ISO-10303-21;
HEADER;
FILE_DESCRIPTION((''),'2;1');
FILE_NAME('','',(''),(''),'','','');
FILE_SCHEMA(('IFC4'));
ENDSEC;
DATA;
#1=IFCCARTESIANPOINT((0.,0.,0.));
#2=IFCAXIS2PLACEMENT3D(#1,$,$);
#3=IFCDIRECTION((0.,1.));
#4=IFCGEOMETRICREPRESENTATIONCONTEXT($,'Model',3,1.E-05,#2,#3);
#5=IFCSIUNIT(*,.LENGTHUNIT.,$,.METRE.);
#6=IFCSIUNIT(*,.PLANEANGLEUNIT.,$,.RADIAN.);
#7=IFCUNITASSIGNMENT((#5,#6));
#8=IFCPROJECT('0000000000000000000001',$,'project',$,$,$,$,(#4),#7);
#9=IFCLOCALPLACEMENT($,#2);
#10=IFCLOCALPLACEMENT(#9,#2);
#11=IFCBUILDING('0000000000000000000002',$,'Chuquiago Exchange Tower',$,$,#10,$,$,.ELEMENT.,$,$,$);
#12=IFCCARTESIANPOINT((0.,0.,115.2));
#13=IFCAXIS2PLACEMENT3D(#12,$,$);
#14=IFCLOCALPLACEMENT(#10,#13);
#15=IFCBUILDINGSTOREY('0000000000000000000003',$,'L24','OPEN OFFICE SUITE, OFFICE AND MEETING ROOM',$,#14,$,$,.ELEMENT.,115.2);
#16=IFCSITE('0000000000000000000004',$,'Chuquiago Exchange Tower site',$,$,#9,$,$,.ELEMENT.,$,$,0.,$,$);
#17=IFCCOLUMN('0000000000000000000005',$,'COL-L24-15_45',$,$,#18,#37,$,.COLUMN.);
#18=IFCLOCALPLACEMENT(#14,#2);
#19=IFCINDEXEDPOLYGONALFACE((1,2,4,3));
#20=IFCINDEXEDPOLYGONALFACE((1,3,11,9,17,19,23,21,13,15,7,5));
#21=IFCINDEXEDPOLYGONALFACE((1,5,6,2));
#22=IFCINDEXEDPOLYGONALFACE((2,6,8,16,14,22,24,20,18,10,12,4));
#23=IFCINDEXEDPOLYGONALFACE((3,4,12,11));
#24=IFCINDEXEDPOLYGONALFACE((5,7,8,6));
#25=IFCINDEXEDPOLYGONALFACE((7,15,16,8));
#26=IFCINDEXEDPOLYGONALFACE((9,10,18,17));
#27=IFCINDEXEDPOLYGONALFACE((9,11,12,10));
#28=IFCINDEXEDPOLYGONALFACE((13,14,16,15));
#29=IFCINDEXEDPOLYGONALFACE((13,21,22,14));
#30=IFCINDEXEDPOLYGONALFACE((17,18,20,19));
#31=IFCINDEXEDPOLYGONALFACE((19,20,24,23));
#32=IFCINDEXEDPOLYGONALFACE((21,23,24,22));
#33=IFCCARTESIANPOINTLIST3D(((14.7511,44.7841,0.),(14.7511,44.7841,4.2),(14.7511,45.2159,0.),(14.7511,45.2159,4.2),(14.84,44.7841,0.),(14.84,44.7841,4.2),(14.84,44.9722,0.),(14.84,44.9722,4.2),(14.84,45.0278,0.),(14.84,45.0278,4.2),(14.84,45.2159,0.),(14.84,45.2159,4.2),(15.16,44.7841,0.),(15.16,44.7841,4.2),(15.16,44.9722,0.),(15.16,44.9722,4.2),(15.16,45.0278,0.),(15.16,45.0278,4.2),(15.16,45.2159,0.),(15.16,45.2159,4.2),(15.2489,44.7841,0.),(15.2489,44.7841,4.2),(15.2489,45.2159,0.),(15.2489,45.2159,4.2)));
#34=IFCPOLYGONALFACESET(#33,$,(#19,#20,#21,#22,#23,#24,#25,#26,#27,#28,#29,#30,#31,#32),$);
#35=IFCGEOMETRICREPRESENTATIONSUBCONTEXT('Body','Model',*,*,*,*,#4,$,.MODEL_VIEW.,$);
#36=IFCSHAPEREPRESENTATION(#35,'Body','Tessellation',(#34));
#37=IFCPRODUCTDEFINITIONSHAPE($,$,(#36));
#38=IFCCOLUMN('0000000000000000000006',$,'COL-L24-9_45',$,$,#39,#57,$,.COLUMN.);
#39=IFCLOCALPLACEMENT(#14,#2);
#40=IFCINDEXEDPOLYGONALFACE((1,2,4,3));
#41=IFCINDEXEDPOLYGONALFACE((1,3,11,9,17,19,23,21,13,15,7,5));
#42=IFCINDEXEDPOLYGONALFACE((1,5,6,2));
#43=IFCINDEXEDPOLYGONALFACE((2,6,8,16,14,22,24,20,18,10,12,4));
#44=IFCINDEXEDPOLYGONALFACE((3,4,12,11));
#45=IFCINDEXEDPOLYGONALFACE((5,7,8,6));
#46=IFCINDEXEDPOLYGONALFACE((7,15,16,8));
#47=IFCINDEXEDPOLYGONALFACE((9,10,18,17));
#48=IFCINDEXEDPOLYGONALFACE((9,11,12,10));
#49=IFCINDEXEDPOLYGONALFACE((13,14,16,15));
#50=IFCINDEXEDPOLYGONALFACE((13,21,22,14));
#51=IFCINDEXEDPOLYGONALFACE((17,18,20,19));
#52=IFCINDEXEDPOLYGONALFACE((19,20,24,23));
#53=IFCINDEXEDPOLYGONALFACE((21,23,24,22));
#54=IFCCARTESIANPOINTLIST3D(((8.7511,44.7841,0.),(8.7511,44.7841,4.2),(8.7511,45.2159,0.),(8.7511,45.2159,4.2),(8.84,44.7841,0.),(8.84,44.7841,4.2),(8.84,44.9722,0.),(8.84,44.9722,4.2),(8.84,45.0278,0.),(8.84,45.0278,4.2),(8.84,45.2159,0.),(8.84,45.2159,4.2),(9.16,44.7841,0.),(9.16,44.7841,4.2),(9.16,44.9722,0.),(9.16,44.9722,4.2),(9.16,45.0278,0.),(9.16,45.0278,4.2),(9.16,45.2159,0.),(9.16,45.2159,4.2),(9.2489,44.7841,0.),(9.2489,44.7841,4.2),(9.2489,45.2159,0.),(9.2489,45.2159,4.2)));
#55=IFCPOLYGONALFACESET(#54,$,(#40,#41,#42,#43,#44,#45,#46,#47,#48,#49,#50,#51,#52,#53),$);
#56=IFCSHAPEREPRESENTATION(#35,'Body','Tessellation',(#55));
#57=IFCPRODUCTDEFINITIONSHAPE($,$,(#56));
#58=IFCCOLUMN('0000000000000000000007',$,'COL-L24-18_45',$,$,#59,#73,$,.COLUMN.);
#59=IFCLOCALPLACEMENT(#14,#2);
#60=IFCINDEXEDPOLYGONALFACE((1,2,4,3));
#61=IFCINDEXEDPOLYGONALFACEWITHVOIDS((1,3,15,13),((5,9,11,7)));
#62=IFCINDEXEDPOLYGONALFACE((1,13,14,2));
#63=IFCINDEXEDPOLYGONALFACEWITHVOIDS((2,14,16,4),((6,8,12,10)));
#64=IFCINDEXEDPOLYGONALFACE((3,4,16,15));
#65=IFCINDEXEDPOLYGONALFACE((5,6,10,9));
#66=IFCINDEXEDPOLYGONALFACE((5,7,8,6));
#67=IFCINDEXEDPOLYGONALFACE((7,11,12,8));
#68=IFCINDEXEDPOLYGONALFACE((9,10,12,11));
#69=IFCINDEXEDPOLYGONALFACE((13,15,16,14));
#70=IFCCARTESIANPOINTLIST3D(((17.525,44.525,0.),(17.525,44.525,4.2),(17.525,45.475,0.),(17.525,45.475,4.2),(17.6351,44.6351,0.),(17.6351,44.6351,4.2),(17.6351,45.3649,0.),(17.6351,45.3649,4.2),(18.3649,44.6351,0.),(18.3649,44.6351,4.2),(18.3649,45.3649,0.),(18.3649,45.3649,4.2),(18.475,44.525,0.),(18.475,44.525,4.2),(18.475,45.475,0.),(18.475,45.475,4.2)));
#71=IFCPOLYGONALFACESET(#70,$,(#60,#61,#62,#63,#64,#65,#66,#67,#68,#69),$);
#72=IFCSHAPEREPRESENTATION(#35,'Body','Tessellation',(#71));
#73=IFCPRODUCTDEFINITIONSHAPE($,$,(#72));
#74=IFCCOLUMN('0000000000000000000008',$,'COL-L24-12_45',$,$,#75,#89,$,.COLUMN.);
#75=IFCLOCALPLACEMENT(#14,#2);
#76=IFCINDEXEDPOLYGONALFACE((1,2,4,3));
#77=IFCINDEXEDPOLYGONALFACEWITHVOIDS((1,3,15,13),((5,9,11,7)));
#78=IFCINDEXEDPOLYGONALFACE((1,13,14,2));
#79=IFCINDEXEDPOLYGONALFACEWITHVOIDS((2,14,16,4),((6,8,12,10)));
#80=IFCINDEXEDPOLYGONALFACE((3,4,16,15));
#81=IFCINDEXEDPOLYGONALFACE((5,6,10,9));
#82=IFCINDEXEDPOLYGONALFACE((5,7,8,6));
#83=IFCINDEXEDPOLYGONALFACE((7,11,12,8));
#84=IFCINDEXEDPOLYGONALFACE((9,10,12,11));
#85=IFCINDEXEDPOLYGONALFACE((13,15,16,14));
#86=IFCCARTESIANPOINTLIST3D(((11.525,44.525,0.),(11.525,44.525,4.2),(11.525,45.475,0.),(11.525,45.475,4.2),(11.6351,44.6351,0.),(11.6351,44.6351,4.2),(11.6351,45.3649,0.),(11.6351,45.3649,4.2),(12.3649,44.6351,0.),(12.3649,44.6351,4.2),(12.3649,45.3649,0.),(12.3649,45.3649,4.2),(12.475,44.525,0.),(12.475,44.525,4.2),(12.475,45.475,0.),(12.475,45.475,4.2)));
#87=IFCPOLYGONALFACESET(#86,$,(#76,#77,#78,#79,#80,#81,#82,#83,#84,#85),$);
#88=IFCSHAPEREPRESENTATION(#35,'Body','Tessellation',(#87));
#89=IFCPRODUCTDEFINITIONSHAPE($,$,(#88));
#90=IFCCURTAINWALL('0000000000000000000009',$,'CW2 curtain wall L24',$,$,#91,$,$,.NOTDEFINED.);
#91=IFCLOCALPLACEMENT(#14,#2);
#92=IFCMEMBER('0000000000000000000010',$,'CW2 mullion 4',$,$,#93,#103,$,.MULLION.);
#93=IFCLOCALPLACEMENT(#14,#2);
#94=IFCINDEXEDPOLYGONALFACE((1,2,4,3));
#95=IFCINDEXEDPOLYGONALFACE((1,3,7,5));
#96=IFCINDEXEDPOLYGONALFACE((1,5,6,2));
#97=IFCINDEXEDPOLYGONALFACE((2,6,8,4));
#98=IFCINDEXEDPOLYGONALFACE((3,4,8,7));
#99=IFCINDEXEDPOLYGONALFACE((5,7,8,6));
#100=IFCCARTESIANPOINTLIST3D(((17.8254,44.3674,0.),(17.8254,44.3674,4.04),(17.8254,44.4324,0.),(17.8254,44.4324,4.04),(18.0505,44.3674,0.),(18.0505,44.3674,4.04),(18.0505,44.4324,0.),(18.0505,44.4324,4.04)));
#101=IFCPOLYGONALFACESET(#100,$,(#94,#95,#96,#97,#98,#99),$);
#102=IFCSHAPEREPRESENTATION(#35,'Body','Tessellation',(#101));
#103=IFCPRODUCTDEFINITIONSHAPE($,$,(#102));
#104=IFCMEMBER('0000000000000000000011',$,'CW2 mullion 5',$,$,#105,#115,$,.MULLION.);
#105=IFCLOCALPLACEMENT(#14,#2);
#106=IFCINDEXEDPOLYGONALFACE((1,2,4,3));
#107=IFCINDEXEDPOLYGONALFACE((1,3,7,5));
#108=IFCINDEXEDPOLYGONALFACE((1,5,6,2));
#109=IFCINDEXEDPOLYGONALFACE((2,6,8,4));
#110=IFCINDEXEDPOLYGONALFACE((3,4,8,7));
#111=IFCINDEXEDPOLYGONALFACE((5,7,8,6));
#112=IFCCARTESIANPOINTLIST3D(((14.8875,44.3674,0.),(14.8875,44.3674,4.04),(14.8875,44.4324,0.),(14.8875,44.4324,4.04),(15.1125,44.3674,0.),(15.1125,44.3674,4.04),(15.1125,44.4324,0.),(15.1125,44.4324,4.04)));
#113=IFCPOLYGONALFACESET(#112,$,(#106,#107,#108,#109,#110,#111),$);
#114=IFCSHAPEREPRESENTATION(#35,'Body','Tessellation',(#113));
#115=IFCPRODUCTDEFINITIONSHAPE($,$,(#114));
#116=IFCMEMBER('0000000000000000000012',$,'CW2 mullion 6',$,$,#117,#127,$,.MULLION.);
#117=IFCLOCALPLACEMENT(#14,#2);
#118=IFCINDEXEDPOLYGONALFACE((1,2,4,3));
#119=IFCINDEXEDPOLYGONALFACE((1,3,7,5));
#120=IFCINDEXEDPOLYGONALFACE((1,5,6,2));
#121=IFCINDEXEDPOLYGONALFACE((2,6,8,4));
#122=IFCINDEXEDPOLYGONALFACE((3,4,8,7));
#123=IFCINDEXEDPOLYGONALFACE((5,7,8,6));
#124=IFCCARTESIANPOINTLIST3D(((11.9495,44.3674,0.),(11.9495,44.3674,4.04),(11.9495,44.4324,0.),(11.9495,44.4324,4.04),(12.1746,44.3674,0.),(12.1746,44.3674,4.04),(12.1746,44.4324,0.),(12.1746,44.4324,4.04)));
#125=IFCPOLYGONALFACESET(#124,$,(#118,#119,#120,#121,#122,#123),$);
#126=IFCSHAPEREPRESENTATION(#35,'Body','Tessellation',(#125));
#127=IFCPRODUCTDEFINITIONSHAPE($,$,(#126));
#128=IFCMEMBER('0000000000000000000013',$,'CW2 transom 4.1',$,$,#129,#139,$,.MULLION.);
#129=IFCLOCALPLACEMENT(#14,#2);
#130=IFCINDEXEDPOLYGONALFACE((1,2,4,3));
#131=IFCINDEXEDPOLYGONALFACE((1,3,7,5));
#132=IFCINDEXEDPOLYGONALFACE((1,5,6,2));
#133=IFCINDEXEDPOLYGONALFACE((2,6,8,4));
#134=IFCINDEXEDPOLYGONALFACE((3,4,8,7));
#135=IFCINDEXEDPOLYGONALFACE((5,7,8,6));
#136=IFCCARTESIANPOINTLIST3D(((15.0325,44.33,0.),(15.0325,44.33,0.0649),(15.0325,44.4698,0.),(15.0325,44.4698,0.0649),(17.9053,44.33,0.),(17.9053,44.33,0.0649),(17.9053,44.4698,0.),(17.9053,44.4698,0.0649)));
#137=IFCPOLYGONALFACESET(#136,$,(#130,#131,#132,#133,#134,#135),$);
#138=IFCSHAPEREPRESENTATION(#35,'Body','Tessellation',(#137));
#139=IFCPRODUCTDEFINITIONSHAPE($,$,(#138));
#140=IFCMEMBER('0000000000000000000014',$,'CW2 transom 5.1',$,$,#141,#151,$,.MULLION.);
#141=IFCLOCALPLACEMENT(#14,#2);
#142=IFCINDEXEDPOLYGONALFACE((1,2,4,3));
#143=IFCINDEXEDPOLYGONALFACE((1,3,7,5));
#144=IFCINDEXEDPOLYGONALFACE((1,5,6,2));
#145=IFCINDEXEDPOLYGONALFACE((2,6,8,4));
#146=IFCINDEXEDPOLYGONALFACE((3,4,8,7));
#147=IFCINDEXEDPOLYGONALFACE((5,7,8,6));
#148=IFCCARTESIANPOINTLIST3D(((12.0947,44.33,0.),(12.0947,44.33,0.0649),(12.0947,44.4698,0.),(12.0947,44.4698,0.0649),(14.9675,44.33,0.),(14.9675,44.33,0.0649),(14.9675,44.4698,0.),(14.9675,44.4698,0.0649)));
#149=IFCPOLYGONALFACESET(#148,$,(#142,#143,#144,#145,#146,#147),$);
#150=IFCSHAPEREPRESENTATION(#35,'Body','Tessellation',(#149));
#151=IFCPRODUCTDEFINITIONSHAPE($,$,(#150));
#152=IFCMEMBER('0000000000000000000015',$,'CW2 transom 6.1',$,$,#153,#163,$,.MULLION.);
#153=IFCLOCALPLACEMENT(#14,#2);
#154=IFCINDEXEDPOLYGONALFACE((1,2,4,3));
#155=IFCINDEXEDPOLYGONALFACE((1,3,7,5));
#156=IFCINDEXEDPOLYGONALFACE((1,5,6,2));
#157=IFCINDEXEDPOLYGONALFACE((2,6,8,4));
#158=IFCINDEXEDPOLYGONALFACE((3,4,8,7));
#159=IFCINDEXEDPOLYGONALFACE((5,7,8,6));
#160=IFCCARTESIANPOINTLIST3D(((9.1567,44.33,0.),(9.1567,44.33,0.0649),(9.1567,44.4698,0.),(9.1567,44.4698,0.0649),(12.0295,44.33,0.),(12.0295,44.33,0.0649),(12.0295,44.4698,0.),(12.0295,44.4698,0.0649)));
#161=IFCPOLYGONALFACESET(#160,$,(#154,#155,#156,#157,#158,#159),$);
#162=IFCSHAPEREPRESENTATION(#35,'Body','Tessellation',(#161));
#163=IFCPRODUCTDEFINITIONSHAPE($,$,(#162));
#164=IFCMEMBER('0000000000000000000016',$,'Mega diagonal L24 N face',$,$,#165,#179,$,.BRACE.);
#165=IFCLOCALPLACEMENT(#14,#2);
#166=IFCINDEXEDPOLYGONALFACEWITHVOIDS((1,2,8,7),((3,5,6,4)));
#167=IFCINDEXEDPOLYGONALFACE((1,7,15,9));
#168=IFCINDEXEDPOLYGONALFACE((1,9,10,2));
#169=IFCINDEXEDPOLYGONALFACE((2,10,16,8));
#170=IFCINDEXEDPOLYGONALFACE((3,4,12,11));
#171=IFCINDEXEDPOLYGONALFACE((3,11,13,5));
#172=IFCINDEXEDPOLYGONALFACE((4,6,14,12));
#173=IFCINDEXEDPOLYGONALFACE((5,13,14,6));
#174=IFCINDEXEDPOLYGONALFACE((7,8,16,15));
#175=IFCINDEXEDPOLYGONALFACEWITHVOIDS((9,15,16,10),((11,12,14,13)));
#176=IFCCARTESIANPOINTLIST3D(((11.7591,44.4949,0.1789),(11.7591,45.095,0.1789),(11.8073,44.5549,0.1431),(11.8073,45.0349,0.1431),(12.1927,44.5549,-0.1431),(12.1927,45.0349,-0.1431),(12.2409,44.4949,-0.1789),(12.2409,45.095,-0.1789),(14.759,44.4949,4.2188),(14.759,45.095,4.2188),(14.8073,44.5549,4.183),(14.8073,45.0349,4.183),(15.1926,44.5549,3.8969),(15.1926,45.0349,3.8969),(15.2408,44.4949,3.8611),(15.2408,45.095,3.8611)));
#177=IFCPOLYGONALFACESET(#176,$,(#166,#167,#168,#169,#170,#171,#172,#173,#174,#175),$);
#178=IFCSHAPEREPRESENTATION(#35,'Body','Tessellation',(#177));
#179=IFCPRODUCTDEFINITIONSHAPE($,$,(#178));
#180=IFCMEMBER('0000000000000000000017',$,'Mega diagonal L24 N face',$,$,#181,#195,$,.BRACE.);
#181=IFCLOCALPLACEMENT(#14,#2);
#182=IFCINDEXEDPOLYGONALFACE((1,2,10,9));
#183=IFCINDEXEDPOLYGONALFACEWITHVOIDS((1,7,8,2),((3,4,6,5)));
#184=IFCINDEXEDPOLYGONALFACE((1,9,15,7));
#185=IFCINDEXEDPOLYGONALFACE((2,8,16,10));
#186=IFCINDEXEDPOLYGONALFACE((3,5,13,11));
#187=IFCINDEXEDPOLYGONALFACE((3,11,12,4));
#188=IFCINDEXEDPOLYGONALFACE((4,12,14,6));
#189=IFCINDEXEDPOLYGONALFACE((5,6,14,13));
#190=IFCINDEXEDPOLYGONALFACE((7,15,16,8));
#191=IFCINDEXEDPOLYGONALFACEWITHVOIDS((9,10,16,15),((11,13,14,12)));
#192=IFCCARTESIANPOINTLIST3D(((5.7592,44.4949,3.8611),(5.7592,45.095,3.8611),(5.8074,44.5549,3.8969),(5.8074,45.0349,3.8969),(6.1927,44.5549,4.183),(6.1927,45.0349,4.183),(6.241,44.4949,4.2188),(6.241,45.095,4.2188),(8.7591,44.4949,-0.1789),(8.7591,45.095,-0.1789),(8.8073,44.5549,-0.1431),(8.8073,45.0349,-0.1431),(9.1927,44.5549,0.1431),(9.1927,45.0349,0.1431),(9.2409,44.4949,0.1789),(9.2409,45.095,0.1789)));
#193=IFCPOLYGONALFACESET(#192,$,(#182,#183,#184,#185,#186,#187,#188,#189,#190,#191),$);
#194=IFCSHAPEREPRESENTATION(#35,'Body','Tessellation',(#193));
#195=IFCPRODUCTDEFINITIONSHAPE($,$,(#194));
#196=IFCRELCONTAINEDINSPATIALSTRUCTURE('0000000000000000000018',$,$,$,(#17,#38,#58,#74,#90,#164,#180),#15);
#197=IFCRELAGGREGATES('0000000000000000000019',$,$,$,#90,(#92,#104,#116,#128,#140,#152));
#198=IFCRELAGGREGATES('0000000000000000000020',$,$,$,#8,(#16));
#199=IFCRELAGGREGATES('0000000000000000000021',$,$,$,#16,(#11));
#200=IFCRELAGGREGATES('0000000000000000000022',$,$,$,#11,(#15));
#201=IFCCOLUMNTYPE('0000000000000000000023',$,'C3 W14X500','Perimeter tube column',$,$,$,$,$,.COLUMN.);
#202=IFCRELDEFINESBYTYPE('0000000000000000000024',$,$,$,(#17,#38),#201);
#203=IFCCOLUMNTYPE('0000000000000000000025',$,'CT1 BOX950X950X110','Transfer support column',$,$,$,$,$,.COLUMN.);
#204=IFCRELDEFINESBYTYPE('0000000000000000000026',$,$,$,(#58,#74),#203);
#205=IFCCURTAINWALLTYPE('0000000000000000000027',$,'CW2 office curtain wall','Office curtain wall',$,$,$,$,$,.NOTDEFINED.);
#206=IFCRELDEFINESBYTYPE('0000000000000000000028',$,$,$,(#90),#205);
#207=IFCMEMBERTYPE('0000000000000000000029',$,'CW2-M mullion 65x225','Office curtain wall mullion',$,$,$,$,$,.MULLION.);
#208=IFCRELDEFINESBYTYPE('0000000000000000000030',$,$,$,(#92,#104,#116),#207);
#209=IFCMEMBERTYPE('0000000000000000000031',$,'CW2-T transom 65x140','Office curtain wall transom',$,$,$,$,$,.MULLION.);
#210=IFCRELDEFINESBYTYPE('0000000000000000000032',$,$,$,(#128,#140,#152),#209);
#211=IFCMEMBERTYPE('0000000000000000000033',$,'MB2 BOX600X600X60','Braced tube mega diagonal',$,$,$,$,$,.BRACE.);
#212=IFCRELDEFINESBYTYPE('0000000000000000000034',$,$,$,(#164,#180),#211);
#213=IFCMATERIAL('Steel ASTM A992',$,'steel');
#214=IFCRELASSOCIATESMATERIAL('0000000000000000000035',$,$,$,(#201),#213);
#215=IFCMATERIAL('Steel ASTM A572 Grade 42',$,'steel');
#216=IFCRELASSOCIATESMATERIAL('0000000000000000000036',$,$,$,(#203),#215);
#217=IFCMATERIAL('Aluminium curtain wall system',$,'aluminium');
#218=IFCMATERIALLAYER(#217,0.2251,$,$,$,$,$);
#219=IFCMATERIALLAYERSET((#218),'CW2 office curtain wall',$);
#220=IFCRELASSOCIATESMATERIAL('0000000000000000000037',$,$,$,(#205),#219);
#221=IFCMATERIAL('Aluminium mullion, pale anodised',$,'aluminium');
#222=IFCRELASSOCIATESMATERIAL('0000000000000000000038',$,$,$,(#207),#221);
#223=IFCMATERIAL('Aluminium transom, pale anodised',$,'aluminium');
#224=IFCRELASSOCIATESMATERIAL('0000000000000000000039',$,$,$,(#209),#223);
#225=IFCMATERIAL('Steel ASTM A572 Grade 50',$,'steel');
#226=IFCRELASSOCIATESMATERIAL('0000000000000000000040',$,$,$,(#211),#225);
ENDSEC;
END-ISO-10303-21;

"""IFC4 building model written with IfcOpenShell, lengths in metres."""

from ifc_helpers import new_model, si_unit, direction, frame, origin, origin_2d, place, context, subcontext, project, spatial, rectangle, hollow_rectangle, i_section, extrude, material, layer, layer_set, material_profile, profile_set, type_object, element, aggregate, save


model = new_model("IFC4")

# Units and contexts
model_context = context("Model", 3, precision=1e-05, world=origin(), true_north=direction((0.0, 1.0)))
body_context = subcontext(model_context, "Body", "Model", "MODEL_VIEW")
ifc_project = project(units=[si_unit("LENGTHUNIT", "METRE"), si_unit("PLANEANGLEUNIT", "RADIAN")], contexts=[model_context])

# Site, building, storey
site_placement = place(None, origin())
site = spatial("IfcSite", under=ifc_project, at=site_placement, Name="Chuquiago Exchange Tower site", CompositionType="ELEMENT", RefElevation=0.0)
building_placement = place(site_placement, origin())
building = spatial("IfcBuilding", under=site, at=building_placement, Name="Chuquiago Exchange Tower", CompositionType="ELEMENT")
storey_placement = place(building_placement, frame((0.0, 0.0, 115.2)))
storey = spatial("IfcBuildingStorey", under=building, at=storey_placement, Name="L24", Description="OPEN OFFICE SUITE, OFFICE AND MEETING ROOM", CompositionType="ELEMENT", Elevation=115.2)

# Columns
ifc_material_1 = material(Name="Steel ASTM A992", Category="steel")
ifc_material_profile_1 = material_profile(ifc_material_1, i_section(OverallWidth=0.4319, OverallDepth=0.4978, WebThickness=0.0557, FlangeThickness=0.0889, at=origin_2d()), Name="W14X500")
ifc_profile_set_1 = profile_set([ifc_material_profile_1], Name="Steel ASTM A992")
column_type_1 = type_object("IfcColumnType", Name="C3 W14X500", Description="Perimeter tube column", PredefinedType="COLUMN", material=ifc_profile_set_1)
for number, where, z_axis, x_axis, name in (
    (1, (15.0, 45.0, 0.0), (0.0, 0.0, 1.0), (0.0, 1.0, 0.0), "COL-L24-15_45"),
    (2, (9.0, 45.0, 0.0), (0.0, 0.0, 1.0), (0.0, 1.0, 0.0), "COL-L24-9_45"),
):
    element("IfcColumn", number, at=place(storey_placement, frame(where, z_axis=z_axis, x_axis=x_axis)), inside=storey, type_object=column_type_1, Name=name, PredefinedType="COLUMN", context=body_context, shape_type="SweptSolid", body=[
        extrude(i_section(OverallWidth=0.4319, OverallDepth=0.4978, WebThickness=0.0557, FlangeThickness=0.0889, at=origin_2d()), origin(), (0.0, 0.0, 1.0), 4.2),
    ])
ifc_material_2 = material(Name="Steel ASTM A572 Grade 42", Category="steel")
ifc_material_profile_2 = material_profile(ifc_material_2, hollow_rectangle(XDim=0.95, YDim=0.95, WallThickness=0.1101, at=origin_2d()), Name="BOX950X950X110")
ifc_profile_set_2 = profile_set([ifc_material_profile_2], Name="Steel ASTM A572 Grade 42")
column_type_2 = type_object("IfcColumnType", Name="CT1 BOX950X950X110", Description="Transfer support column", PredefinedType="COLUMN", material=ifc_profile_set_2)
for number, where, z_axis, x_axis, name in (
    (3, (18.0, 45.0, 0.0), (0.0, 0.0, 1.0), (0.0, 1.0, 0.0), "COL-L24-18_45"),
    (4, (12.0, 45.0, 0.0), (0.0, 0.0, 1.0), (0.0, 1.0, 0.0), "COL-L24-12_45"),
):
    element("IfcColumn", number, at=place(storey_placement, frame(where, z_axis=z_axis, x_axis=x_axis)), inside=storey, type_object=column_type_2, Name=name, PredefinedType="COLUMN", context=body_context, shape_type="SweptSolid", body=[
        extrude(hollow_rectangle(XDim=0.95, YDim=0.95, WallThickness=0.1101, at=origin_2d()), origin(), (0.0, 0.0, 1.0), 4.2),
    ])

# Curtain wall, members
ifc_material_3 = material(Name="Aluminium curtain wall system", Category="aluminium")
ifc_layer_1 = layer(ifc_material_3, 0.2251)
ifc_layer_set_1 = layer_set([ifc_layer_1], Name="CW2 office curtain wall")
curtain_wall_type = type_object("IfcCurtainWallType", Name="CW2 office curtain wall", Description="Office curtain wall", PredefinedType="NOTDEFINED", material=ifc_layer_set_1)
curtain_wall_placement = place(storey_placement, origin())
curtain_wall = element("IfcCurtainWall", 5, at=curtain_wall_placement, inside=storey, type_object=curtain_wall_type, Name="CW2 curtain wall L24", PredefinedType="NOTDEFINED")
ifc_material_4 = material(Name="Aluminium mullion, pale anodised", Category="aluminium")
ifc_material_profile_3 = material_profile(ifc_material_4, rectangle(XDim=0.0649, YDim=0.2251, at=origin_2d()), Name="AL 65x225")
ifc_profile_set_3 = profile_set([ifc_material_profile_3], Name="Aluminium mullion, pale anodised")
member_type_1 = type_object("IfcMemberType", Name="CW2-M mullion 65x225", Description="Office curtain wall mullion", PredefinedType="MULLION", material=ifc_profile_set_3)
member_1_placement = place(storey_placement, frame((17.938, 44.3999, 0.0), z_axis=(0.0, 0.0, 1.0), x_axis=(0.0, -1.0, 0.0)))
member_1 = element("IfcMember", 6, at=member_1_placement, type_object=member_type_1, Name="CW2 mullion 4", PredefinedType="MULLION", context=body_context, shape_type="SweptSolid", body=[
    extrude(rectangle(XDim=0.0649, YDim=0.2251, at=origin_2d()), origin(), (0.0, 0.0, 1.0), 4.04),
])
member_2_placement = place(storey_placement, frame((15.0, 44.3999, 0.0), z_axis=(0.0, 0.0, 1.0), x_axis=(0.0, -1.0, 0.0)))
member_2 = element("IfcMember", 7, at=member_2_placement, type_object=member_type_1, Name="CW2 mullion 5", PredefinedType="MULLION", context=body_context, shape_type="SweptSolid", body=[
    extrude(rectangle(XDim=0.0649, YDim=0.2251, at=origin_2d()), origin(), (0.0, 0.0, 1.0), 4.04),
])
member_3_placement = place(storey_placement, frame((12.062, 44.3999, 0.0), z_axis=(0.0, 0.0, 1.0), x_axis=(0.0, -1.0, 0.0)))
member_3 = element("IfcMember", 8, at=member_3_placement, type_object=member_type_1, Name="CW2 mullion 6", PredefinedType="MULLION", context=body_context, shape_type="SweptSolid", body=[
    extrude(rectangle(XDim=0.0649, YDim=0.2251, at=origin_2d()), origin(), (0.0, 0.0, 1.0), 4.04),
])
ifc_material_5 = material(Name="Aluminium transom, pale anodised", Category="aluminium")
ifc_material_profile_4 = material_profile(ifc_material_5, rectangle(XDim=0.1399, YDim=0.0649, at=origin_2d()), Name="AL 140x65")
ifc_profile_set_4 = profile_set([ifc_material_profile_4], Name="Aluminium transom, pale anodised")
member_type_2 = type_object("IfcMemberType", Name="CW2-T transom 65x140", Description="Office curtain wall transom", PredefinedType="MULLION", material=ifc_profile_set_4)
member_4_placement = place(storey_placement, frame((17.9053, 44.3999, 0.0325), z_axis=(-1.0, 0.0, 0.0), x_axis=(0.0, -1.0, 0.0)))
member_4 = element("IfcMember", 9, at=member_4_placement, type_object=member_type_2, Name="CW2 transom 4.1", PredefinedType="MULLION", context=body_context, shape_type="SweptSolid", body=[
    extrude(rectangle(XDim=0.1399, YDim=0.0649, at=origin_2d()), origin(), (0.0, 0.0, 1.0), 2.8728),
])
member_5_placement = place(storey_placement, frame((14.9675, 44.3999, 0.0325), z_axis=(-1.0, 0.0, 0.0), x_axis=(0.0, -1.0, 0.0)))
member_5 = element("IfcMember", 10, at=member_5_placement, type_object=member_type_2, Name="CW2 transom 5.1", PredefinedType="MULLION", context=body_context, shape_type="SweptSolid", body=[
    extrude(rectangle(XDim=0.1399, YDim=0.0649, at=origin_2d()), origin(), (0.0, 0.0, 1.0), 2.8728),
])
member_6_placement = place(storey_placement, frame((12.0295, 44.3999, 0.0325), z_axis=(-1.0, 0.0, 0.0), x_axis=(0.0, -1.0, 0.0)))
member_6 = element("IfcMember", 11, at=member_6_placement, type_object=member_type_2, Name="CW2 transom 6.1", PredefinedType="MULLION", context=body_context, shape_type="SweptSolid", body=[
    extrude(rectangle(XDim=0.1399, YDim=0.0649, at=origin_2d()), origin(), (0.0, 0.0, 1.0), 2.8728),
])

# Members
ifc_material_6 = material(Name="Steel ASTM A572 Grade 50", Category="steel")
ifc_material_profile_5 = material_profile(ifc_material_6, hollow_rectangle(XDim=0.6001, YDim=0.6001, WallThickness=0.0601, at=origin_2d()), Name="BOX600X600X60")
ifc_profile_set_5 = profile_set([ifc_material_profile_5], Name="Steel ASTM A572 Grade 50")
member_type_3 = type_object("IfcMemberType", Name="MB2 BOX600X600X60", Description="Braced tube mega diagonal", PredefinedType="BRACE", material=ifc_profile_set_5)
for number, where, z_axis, x_axis, name in (
    (12, (12.0, 44.7949, 0.0), (0.596174, 0.0, 0.802855), (0.0, 1.0, 0.0), "Mega diagonal L24 N face"),
    (13, (9.0, 44.7949, 0.0), (-0.596174, 0.0, 0.802855), (0.0, -1.0, 0.0), "Mega diagonal L24 N face"),
):
    element("IfcMember", number, at=place(storey_placement, frame(where, z_axis=z_axis, x_axis=x_axis)), inside=storey, type_object=member_type_3, Name=name, PredefinedType="BRACE", context=body_context, shape_type="SweptSolid", body=[
        extrude(hollow_rectangle(XDim=0.6001, YDim=0.6001, WallThickness=0.0601, at=origin_2d()), origin(), (0.0, 0.0, 1.0), 5.032),
    ])

aggregate(curtain_wall, [member_1, member_2, member_3, member_4, member_5, member_6])

save(model, "model.ifc")
